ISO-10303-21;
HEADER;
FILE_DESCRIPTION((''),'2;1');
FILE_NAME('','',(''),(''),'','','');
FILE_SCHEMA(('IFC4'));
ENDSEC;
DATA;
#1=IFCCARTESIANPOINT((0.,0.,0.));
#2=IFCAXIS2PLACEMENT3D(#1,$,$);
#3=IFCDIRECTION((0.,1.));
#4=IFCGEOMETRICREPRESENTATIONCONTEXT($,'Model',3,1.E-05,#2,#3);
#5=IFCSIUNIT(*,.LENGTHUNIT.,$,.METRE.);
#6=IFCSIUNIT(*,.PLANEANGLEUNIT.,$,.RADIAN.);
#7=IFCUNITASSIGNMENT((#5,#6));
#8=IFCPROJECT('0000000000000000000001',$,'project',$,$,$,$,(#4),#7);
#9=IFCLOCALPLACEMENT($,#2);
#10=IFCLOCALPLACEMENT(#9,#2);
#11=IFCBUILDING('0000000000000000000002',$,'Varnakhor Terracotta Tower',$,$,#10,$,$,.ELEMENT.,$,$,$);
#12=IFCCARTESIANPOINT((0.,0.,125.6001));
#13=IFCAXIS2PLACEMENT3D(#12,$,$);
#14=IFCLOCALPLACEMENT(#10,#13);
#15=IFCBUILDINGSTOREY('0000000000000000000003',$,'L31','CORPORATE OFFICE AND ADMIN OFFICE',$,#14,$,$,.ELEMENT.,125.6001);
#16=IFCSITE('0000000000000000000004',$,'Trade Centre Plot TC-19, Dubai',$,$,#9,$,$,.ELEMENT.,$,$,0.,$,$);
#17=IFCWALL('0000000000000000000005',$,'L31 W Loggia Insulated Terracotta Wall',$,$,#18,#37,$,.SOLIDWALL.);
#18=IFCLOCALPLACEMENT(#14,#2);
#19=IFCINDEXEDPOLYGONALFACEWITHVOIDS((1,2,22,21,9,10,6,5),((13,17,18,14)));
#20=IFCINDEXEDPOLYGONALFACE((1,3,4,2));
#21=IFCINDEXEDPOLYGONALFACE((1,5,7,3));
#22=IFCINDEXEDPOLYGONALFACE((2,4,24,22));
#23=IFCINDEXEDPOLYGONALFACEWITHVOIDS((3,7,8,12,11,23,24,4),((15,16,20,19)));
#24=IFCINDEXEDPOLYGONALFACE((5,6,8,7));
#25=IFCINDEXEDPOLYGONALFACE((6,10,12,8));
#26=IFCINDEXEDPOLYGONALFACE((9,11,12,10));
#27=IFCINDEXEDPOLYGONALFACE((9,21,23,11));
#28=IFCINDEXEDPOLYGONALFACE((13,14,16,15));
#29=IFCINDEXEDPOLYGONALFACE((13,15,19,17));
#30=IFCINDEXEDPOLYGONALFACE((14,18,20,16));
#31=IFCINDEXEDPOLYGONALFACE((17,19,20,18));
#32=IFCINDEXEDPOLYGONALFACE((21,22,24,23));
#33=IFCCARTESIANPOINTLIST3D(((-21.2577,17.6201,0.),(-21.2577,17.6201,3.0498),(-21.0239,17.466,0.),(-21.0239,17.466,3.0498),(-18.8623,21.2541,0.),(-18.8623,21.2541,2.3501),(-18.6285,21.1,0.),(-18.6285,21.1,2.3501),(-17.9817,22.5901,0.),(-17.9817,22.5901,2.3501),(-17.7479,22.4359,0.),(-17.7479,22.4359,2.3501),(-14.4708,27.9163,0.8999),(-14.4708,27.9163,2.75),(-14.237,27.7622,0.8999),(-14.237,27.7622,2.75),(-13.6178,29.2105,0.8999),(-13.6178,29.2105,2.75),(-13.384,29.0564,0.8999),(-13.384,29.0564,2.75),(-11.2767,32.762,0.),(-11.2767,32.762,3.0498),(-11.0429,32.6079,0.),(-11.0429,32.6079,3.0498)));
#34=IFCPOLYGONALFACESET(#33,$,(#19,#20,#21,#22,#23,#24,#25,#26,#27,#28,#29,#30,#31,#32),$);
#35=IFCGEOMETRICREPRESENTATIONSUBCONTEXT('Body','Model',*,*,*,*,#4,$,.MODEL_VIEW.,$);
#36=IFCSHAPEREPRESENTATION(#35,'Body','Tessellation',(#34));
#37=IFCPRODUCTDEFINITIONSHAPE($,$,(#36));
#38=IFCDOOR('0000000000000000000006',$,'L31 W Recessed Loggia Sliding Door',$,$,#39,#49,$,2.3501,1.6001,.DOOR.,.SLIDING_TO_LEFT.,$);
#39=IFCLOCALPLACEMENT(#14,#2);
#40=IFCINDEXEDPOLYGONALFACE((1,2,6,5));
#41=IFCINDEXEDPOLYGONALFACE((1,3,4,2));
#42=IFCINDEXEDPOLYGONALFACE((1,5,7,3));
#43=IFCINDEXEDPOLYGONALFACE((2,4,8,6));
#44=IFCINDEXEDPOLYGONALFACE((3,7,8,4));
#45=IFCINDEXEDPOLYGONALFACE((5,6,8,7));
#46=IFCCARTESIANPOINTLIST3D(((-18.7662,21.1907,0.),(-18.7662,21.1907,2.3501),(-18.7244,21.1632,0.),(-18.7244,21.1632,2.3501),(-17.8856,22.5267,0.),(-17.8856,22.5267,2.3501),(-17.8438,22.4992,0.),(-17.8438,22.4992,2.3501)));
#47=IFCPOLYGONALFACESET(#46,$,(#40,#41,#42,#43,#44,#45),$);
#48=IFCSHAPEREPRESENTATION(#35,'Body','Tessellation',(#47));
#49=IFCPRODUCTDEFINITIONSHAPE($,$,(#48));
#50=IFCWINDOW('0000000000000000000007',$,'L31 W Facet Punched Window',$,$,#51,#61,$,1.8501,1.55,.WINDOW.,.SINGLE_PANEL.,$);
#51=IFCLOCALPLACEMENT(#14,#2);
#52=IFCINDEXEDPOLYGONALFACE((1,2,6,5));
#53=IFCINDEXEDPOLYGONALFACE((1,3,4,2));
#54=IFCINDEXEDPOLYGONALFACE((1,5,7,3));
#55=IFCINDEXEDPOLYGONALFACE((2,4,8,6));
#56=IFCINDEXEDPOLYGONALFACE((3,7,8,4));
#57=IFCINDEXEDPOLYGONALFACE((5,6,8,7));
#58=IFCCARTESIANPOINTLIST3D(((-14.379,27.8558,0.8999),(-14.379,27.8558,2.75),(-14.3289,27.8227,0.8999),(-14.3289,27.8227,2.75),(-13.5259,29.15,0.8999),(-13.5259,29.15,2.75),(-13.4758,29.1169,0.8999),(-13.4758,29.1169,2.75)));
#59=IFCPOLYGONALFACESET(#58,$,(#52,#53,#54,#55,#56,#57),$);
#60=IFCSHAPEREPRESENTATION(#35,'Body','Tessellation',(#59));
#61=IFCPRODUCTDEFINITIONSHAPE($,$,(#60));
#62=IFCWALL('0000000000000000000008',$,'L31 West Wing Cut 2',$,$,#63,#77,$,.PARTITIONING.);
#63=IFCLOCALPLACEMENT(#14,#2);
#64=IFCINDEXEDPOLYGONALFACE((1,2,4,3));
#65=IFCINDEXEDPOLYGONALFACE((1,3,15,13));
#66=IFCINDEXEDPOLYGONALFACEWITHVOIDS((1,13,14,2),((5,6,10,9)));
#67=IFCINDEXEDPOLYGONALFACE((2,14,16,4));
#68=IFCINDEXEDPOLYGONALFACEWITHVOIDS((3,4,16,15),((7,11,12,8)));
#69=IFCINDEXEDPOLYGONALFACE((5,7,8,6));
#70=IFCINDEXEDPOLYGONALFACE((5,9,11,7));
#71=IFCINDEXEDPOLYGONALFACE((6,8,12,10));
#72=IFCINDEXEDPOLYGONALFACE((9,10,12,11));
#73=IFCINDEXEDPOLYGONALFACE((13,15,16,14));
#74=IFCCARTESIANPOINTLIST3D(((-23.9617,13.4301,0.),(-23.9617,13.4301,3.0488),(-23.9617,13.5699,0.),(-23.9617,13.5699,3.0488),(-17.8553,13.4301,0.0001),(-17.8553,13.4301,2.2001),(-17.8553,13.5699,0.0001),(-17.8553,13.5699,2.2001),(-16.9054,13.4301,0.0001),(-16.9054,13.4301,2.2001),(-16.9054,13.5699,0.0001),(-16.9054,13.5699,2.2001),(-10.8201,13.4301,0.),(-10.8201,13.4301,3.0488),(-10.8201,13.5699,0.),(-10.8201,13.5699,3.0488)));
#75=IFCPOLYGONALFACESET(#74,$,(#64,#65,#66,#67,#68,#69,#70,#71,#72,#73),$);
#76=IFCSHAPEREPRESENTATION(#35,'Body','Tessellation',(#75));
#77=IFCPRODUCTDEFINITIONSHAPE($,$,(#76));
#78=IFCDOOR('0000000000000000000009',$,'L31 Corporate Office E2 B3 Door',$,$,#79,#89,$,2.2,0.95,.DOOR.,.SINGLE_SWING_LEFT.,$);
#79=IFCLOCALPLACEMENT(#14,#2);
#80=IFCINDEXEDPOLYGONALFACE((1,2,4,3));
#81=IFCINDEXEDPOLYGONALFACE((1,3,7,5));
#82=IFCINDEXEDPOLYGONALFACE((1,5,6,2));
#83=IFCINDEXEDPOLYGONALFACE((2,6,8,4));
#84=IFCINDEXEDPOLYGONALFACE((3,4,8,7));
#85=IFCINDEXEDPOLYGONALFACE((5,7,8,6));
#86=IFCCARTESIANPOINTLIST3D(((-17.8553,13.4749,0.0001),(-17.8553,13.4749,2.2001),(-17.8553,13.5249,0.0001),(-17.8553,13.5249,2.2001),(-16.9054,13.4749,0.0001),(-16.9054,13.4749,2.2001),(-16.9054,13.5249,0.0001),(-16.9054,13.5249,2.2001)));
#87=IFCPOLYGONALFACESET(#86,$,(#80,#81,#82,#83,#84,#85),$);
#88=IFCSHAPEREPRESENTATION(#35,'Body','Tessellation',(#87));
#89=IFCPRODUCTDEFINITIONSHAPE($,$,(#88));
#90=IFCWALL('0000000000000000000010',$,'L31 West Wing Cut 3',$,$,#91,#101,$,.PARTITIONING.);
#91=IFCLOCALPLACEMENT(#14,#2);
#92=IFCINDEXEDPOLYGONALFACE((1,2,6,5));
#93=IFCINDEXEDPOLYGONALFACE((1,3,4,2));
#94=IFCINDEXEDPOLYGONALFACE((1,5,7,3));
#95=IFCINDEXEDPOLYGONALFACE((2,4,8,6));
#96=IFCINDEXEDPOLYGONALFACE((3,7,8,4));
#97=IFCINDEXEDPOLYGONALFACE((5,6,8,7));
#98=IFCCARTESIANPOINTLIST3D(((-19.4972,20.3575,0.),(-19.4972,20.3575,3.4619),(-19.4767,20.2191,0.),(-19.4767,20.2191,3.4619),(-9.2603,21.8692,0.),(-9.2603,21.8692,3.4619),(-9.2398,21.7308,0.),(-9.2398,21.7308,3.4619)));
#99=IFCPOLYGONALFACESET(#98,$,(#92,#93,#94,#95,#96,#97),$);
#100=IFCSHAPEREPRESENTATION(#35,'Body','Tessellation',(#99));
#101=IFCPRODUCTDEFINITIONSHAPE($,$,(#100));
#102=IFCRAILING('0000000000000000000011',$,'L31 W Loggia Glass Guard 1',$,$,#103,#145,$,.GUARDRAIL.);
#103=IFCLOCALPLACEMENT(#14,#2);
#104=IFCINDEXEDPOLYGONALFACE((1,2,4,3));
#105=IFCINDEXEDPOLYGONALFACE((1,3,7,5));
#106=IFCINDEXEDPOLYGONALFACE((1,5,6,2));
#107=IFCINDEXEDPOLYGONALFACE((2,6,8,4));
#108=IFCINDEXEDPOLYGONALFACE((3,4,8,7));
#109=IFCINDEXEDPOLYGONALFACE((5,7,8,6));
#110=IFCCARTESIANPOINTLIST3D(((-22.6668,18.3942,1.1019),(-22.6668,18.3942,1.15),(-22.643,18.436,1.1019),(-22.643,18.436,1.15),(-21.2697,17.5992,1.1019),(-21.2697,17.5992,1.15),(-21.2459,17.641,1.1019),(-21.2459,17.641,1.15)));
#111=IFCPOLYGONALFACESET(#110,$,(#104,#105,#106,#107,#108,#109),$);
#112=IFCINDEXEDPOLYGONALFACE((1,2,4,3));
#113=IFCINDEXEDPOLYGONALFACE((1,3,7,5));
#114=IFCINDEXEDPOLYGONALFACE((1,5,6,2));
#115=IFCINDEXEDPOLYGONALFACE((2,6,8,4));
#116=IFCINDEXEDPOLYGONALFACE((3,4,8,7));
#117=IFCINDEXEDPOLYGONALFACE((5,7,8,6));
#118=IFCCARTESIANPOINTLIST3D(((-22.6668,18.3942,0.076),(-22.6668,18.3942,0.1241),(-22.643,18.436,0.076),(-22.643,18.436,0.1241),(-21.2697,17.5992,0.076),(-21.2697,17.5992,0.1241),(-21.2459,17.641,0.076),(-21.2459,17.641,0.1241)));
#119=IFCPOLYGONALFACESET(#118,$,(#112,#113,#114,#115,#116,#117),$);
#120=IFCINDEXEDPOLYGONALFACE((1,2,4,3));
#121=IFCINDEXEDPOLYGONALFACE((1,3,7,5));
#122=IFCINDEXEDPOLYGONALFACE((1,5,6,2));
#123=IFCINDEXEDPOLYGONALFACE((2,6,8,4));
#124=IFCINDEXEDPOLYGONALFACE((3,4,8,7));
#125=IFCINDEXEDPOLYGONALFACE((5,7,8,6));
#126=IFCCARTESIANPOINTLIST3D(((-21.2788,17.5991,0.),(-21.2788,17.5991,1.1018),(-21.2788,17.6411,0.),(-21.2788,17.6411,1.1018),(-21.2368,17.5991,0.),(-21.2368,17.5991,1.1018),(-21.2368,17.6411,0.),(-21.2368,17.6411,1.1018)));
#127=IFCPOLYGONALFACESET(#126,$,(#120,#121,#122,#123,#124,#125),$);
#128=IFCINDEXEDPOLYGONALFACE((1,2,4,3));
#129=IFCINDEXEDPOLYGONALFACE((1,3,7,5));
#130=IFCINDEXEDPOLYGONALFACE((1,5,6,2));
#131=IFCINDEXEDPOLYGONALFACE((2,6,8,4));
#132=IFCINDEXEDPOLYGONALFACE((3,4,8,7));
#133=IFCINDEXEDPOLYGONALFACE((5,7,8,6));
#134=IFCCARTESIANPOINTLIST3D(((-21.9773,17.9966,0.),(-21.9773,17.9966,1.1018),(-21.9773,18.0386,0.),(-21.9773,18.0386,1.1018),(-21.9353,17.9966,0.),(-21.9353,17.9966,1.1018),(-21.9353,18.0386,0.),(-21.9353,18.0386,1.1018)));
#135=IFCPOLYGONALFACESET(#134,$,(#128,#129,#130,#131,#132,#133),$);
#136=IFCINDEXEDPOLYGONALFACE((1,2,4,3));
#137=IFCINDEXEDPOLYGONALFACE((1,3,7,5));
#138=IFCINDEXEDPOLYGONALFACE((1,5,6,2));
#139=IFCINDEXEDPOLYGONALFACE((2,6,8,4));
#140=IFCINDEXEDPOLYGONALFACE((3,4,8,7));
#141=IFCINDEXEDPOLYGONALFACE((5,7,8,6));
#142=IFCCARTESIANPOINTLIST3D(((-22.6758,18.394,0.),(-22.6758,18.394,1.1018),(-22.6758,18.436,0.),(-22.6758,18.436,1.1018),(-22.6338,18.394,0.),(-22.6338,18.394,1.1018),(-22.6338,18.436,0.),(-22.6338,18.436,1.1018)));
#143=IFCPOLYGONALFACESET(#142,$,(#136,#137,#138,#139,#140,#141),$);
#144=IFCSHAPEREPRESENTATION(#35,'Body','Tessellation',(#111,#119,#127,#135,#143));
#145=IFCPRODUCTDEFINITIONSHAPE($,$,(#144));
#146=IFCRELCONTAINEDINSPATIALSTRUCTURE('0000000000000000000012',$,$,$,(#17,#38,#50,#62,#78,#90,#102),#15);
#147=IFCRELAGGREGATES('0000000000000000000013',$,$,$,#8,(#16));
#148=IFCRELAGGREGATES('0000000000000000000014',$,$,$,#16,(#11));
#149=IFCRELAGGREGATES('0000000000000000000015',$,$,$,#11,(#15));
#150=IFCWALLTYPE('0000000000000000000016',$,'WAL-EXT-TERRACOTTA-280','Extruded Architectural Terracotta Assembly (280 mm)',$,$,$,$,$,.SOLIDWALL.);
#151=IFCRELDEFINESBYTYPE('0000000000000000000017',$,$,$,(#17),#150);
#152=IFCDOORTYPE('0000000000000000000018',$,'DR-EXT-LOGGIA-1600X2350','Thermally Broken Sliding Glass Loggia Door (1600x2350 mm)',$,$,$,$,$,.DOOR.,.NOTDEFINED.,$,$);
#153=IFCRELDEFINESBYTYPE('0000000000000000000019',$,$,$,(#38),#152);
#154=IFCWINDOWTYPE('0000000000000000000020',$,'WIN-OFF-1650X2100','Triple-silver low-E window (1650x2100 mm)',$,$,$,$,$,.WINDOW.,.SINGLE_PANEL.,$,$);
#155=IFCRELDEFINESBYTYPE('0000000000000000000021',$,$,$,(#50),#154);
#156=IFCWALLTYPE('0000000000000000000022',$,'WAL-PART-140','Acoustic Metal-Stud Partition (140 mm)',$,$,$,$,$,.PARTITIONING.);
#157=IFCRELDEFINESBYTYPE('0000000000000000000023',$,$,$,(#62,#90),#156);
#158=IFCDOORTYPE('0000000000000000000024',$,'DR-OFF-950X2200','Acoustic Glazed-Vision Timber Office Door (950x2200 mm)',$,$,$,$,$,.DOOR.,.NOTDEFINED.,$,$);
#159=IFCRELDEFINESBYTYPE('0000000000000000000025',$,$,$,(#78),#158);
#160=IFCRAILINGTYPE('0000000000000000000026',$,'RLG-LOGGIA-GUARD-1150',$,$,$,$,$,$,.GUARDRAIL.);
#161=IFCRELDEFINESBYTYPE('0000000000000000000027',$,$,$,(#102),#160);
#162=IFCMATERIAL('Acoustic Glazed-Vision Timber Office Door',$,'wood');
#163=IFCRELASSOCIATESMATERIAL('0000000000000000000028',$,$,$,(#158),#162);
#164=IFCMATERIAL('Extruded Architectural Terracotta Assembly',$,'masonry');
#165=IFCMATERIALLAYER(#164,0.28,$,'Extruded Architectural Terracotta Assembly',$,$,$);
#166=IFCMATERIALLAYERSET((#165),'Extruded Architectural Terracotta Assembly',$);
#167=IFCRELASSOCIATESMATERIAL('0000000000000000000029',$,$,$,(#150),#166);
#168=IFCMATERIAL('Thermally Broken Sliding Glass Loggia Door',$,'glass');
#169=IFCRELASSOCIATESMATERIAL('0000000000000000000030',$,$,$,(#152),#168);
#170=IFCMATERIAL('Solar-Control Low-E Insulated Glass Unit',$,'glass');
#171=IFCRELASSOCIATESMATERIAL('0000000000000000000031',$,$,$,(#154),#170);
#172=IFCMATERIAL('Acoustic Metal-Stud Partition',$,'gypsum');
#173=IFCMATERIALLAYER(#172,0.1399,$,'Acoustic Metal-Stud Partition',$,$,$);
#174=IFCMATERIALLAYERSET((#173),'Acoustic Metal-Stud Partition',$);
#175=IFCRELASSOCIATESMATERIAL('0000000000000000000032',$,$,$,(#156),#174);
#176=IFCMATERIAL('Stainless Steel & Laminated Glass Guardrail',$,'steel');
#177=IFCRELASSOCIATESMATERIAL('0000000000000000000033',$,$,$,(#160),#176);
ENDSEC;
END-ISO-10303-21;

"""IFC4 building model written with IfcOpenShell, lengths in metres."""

from ifc_helpers import new_model, si_unit, direction, frame, frame_2d, origin, origin_2d, place, context, subcontext, project, spatial, rectangle, extrude, source, transform, mapped, material, layer, layer_set, type_object, type_shapes, element, fill, save


model = new_model("IFC4")

# Units and contexts
model_context = context("Model", 3, precision=1e-05, world=origin(), true_north=direction((0.0, 1.0)))
body_context = subcontext(model_context, "Body", "Model", "MODEL_VIEW")
ifc_project = project(units=[si_unit("LENGTHUNIT", "METRE"), si_unit("PLANEANGLEUNIT", "RADIAN")], contexts=[model_context])

# Site, building, storey
site_placement = place(None, origin())
site = spatial("IfcSite", under=ifc_project, at=site_placement, Name="Trade Centre Plot TC-19, Dubai", CompositionType="ELEMENT", RefElevation=0.0)
building_placement = place(site_placement, origin())
building = spatial("IfcBuilding", under=site, at=building_placement, Name="Varnakhor Terracotta Tower", CompositionType="ELEMENT")
storey_placement = place(building_placement, frame((0.0, 0.0, 125.6001)))
storey = spatial("IfcBuildingStorey", under=building, at=storey_placement, Name="L31", Description="CORPORATE OFFICE AND ADMIN OFFICE", CompositionType="ELEMENT", Elevation=125.6001)

# Shared definitions
ifc_material_1 = material(Name="Acoustic Glazed-Vision Timber Office Door", Category="wood")
door_type_1 = type_object("IfcDoorType", Name="DR-OFF-950X2200", Description="Acoustic Glazed-Vision Timber Office Door (950x2200 mm)", OperationType="NOTDEFINED", PredefinedType="DOOR", material=ifc_material_1)
shared_shape_1 = source(origin(), body_context, "Body", "SweptSolid", [
    extrude(rectangle(XDim=0.95, YDim=2.2, at=frame_2d((0.4751, 1.1001))), frame((0.0, 0.0249, 0.0), z_axis=(0.0, -1.0, 0.0), x_axis=(1.0, 0.0, 0.0)), (0.0, 0.0, 1.0), 0.05),
])
type_shapes(door_type_1, [shared_shape_1])

# Wall, openings, door, window
ifc_material_2 = material(Name="Extruded Architectural Terracotta Assembly", Category="masonry")
ifc_layer_1 = layer(ifc_material_2, 0.28, Name="Extruded Architectural Terracotta Assembly")
ifc_layer_set_1 = layer_set([ifc_layer_1], Name="Extruded Architectural Terracotta Assembly")
wall_type_1 = type_object("IfcWallType", Name="WAL-EXT-TERRACOTTA-280", Description="Extruded Architectural Terracotta Assembly (280 mm)", PredefinedType="SOLIDWALL", material=ifc_layer_set_1)
wall_1_placement = place(storey_placement, frame((-21.1409, 17.543, 0.0), z_axis=(0.0, 0.0, 1.0), x_axis=(0.550356, 0.83493, 0.0)))
wall_1 = element("IfcWall", 1, at=wall_1_placement, inside=storey, type_object=wall_type_1, Name="L31 W Loggia Insulated Terracotta Wall", PredefinedType="SOLIDWALL", context=body_context, shape_type="SweptSolid", body=[
    extrude(rectangle(XDim=18.1355, YDim=0.28, at=frame_2d((9.0679, 0.0))), origin(), (0.0, 0.0, 1.0), 3.0498),
])
opening_1_placement = place(wall_1_placement, frame((4.3525, 0.0, 0.0)))
opening_1 = element("IfcOpeningElement", 2, at=opening_1_placement, cuts=wall_1, PredefinedType="OPENING", context=body_context, shape_type="SweptSolid", body=[
    extrude(rectangle(XDim=1.6001, YDim=2.3501, at=frame_2d((0.8, 1.175))), frame((0.0, 0.1499, 0.0), z_axis=(0.0, -1.0, 0.0), x_axis=(1.0, 0.0, 0.0)), (0.0, 0.0, 1.0), 0.3),
])
opening_2_placement = place(wall_1_placement, frame((12.332, 0.0, 0.8999)))
opening_2 = element("IfcOpeningElement", 3, at=opening_2_placement, cuts=wall_1, PredefinedType="OPENING", context=body_context, shape_type="SweptSolid", body=[
    extrude(rectangle(XDim=1.55, YDim=1.8501, at=frame_2d((0.7749, 0.925))), frame((0.0, 0.1499, 0.0), z_axis=(0.0, -1.0, 0.0), x_axis=(1.0, 0.0, 0.0)), (0.0, 0.0, 1.0), 0.3),
])
ifc_material_3 = material(Name="Thermally Broken Sliding Glass Loggia Door", Category="glass")
door_type_2 = type_object("IfcDoorType", Name="DR-EXT-LOGGIA-1600X2350", Description="Thermally Broken Sliding Glass Loggia Door (1600x2350 mm)", OperationType="NOTDEFINED", PredefinedType="DOOR", material=ifc_material_3)
shared_shape_2 = source(origin(), body_context, "Body", "SweptSolid", [
    extrude(rectangle(XDim=1.6001, YDim=2.3501, at=frame_2d((0.8, 1.175))), frame((0.0, 0.0249, 0.0), z_axis=(0.0, -1.0, 0.0), x_axis=(1.0, 0.0, 0.0)), (0.0, 0.0, 1.0), 0.05),
])
type_shapes(door_type_2, [shared_shape_2])
door_1_placement = place(opening_1_placement, origin())
door_1 = element("IfcDoor", 4, at=door_1_placement, inside=storey, type_object=door_type_2, Name="L31 W Recessed Loggia Sliding Door", OperationType="SLIDING_TO_LEFT", OverallHeight=2.3501, OverallWidth=1.6001, PredefinedType="DOOR", context=body_context, shape_type="MappedRepresentation", body=[
    mapped(shared_shape_2, transform((0.0, 0.0, 0.0), scale=1.0)),
])
fill(opening_1, door_1)
ifc_material_4 = material(Name="Solar-Control Low-E Insulated Glass Unit", Category="glass")
window_type = type_object("IfcWindowType", Name="WIN-OFF-1650X2100", Description="Triple-silver low-E window (1650x2100 mm)", PartitioningType="SINGLE_PANEL", PredefinedType="WINDOW", material=ifc_material_4)
shared_shape_3 = source(origin(), body_context, "Body", "SweptSolid", [
    extrude(rectangle(XDim=1.55, YDim=1.8501, at=frame_2d((0.7749, 0.925))), frame((0.0, 0.03, 0.0), z_axis=(0.0, -1.0, 0.0), x_axis=(1.0, 0.0, 0.0)), (0.0, 0.0, 1.0), 0.0601),
])
type_shapes(window_type, [shared_shape_3])
window_placement = place(opening_2_placement, origin())
window = element("IfcWindow", 5, at=window_placement, inside=storey, type_object=window_type, Name="L31 W Facet Punched Window", OverallHeight=1.8501, OverallWidth=1.55, PartitioningType="SINGLE_PANEL", PredefinedType="WINDOW", context=body_context, shape_type="MappedRepresentation", body=[
    mapped(shared_shape_3, transform((0.0, 0.0, 0.0), scale=1.0)),
])
fill(opening_2, window)

# Wall, opening, door
ifc_material_5 = material(Name="Acoustic Metal-Stud Partition", Category="gypsum")
ifc_layer_2 = layer(ifc_material_5, 0.1399, Name="Acoustic Metal-Stud Partition")
ifc_layer_set_2 = layer_set([ifc_layer_2], Name="Acoustic Metal-Stud Partition")
wall_type_2 = type_object("IfcWallType", Name="WAL-PART-140", Description="Acoustic Metal-Stud Partition (140 mm)", PredefinedType="PARTITIONING", material=ifc_layer_set_2)
wall_2_placement = place(storey_placement, frame((-23.9617, 13.5, 0.0), z_axis=(0.0, 0.0, 1.0), x_axis=(1.0, 0.0, 0.0)))
wall_2 = element("IfcWall", 6, at=wall_2_placement, inside=storey, type_object=wall_type_2, Name="L31 West Wing Cut 2", PredefinedType="PARTITIONING", context=body_context, shape_type="SweptSolid", body=[
    extrude(rectangle(XDim=13.1416, YDim=0.1399, at=frame_2d((6.5708, 0.0))), origin(), (0.0, 0.0, 1.0), 3.0488),
])
opening_3_placement = place(wall_2_placement, frame((6.1062, 0.0, 0.0)))
opening_3 = element("IfcOpeningElement", 7, at=opening_3_placement, cuts=wall_2, PredefinedType="OPENING", context=body_context, shape_type="SweptSolid", body=[
    extrude(rectangle(XDim=0.95, YDim=2.2, at=frame_2d((0.4751, 1.1001))), frame((0.0, 0.0801, 0.0), z_axis=(0.0, -1.0, 0.0), x_axis=(1.0, 0.0, 0.0)), (0.0, 0.0, 1.0), 0.1599),
])
door_2_placement = place(opening_3_placement, origin())
door_2 = element("IfcDoor", 8, at=door_2_placement, inside=storey, type_object=door_type_1, Name="L31 Corporate Office E2 B3 Door", OperationType="SINGLE_SWING_LEFT", OverallHeight=2.2, OverallWidth=0.95, PredefinedType="DOOR", context=body_context, shape_type="MappedRepresentation", body=[
    mapped(shared_shape_1, transform((0.0, 0.0, 0.0), scale=1.0)),
])
fill(opening_3, door_2)

# Wall
wall_3_placement = place(storey_placement, frame((-19.4868, 20.2883, 0.0), z_axis=(0.0, 0.0, 1.0), x_axis=(0.989271, 0.14609, 0.0)))
element("IfcWall", 9, at=wall_3_placement, inside=storey, type_object=wall_type_2, Name="L31 West Wing Cut 3", PredefinedType="PARTITIONING", context=body_context, shape_type="SweptSolid", body=[
    extrude(rectangle(XDim=10.3479, YDim=0.1399, at=frame_2d((5.1738, 0.0))), origin(), (0.0, 0.0, 1.0), 3.4619),
])

# Railing
ifc_material_6 = material(Name="Stainless Steel & Laminated Glass Guardrail", Category="steel")
railing_type = type_object("IfcRailingType", Name="RLG-LOGGIA-GUARD-1150", PredefinedType="GUARDRAIL", material=ifc_material_6)
railing_1_placement = place(storey_placement, frame((-21.2578, 17.6201, 0.0)))
element("IfcRailing", 10, at=railing_1_placement, inside=storey, type_object=railing_type, Name="L31 W Loggia Glass Guard 1", PredefinedType="GUARDRAIL", context=body_context, shape_type="SweptSolid", body=[
    extrude(rectangle(XDim=0.0481, YDim=0.0481, at=origin_2d()), frame((0.0, 0.0, 1.126), z_axis=(-0.869139, 0.494568, 0.0), x_axis=(-0.494568, -0.869139, 0.0)), (0.0, 0.0, 1.0), 1.6074),
    extrude(rectangle(XDim=0.0481, YDim=0.0481, at=origin_2d()), frame((0.0, 0.0, 0.1001), z_axis=(-0.869139, 0.494568, 0.0), x_axis=(-0.494568, -0.869139, 0.0)), (0.0, 0.0, 1.0), 1.6074),
    extrude(rectangle(XDim=0.042, YDim=0.042, at=origin_2d()), origin(), (0.0, 0.0, 1.0), 1.1018),
    extrude(rectangle(XDim=0.042, YDim=0.042, at=origin_2d()), frame((-0.6985, 0.3975, 0.0)), (0.0, 0.0, 1.0), 1.1018),
    extrude(rectangle(XDim=0.042, YDim=0.042, at=origin_2d()), frame((-1.397, 0.7949, 0.0)), (0.0, 0.0, 1.0), 1.1018),
])

save(model, "model.ifc")
